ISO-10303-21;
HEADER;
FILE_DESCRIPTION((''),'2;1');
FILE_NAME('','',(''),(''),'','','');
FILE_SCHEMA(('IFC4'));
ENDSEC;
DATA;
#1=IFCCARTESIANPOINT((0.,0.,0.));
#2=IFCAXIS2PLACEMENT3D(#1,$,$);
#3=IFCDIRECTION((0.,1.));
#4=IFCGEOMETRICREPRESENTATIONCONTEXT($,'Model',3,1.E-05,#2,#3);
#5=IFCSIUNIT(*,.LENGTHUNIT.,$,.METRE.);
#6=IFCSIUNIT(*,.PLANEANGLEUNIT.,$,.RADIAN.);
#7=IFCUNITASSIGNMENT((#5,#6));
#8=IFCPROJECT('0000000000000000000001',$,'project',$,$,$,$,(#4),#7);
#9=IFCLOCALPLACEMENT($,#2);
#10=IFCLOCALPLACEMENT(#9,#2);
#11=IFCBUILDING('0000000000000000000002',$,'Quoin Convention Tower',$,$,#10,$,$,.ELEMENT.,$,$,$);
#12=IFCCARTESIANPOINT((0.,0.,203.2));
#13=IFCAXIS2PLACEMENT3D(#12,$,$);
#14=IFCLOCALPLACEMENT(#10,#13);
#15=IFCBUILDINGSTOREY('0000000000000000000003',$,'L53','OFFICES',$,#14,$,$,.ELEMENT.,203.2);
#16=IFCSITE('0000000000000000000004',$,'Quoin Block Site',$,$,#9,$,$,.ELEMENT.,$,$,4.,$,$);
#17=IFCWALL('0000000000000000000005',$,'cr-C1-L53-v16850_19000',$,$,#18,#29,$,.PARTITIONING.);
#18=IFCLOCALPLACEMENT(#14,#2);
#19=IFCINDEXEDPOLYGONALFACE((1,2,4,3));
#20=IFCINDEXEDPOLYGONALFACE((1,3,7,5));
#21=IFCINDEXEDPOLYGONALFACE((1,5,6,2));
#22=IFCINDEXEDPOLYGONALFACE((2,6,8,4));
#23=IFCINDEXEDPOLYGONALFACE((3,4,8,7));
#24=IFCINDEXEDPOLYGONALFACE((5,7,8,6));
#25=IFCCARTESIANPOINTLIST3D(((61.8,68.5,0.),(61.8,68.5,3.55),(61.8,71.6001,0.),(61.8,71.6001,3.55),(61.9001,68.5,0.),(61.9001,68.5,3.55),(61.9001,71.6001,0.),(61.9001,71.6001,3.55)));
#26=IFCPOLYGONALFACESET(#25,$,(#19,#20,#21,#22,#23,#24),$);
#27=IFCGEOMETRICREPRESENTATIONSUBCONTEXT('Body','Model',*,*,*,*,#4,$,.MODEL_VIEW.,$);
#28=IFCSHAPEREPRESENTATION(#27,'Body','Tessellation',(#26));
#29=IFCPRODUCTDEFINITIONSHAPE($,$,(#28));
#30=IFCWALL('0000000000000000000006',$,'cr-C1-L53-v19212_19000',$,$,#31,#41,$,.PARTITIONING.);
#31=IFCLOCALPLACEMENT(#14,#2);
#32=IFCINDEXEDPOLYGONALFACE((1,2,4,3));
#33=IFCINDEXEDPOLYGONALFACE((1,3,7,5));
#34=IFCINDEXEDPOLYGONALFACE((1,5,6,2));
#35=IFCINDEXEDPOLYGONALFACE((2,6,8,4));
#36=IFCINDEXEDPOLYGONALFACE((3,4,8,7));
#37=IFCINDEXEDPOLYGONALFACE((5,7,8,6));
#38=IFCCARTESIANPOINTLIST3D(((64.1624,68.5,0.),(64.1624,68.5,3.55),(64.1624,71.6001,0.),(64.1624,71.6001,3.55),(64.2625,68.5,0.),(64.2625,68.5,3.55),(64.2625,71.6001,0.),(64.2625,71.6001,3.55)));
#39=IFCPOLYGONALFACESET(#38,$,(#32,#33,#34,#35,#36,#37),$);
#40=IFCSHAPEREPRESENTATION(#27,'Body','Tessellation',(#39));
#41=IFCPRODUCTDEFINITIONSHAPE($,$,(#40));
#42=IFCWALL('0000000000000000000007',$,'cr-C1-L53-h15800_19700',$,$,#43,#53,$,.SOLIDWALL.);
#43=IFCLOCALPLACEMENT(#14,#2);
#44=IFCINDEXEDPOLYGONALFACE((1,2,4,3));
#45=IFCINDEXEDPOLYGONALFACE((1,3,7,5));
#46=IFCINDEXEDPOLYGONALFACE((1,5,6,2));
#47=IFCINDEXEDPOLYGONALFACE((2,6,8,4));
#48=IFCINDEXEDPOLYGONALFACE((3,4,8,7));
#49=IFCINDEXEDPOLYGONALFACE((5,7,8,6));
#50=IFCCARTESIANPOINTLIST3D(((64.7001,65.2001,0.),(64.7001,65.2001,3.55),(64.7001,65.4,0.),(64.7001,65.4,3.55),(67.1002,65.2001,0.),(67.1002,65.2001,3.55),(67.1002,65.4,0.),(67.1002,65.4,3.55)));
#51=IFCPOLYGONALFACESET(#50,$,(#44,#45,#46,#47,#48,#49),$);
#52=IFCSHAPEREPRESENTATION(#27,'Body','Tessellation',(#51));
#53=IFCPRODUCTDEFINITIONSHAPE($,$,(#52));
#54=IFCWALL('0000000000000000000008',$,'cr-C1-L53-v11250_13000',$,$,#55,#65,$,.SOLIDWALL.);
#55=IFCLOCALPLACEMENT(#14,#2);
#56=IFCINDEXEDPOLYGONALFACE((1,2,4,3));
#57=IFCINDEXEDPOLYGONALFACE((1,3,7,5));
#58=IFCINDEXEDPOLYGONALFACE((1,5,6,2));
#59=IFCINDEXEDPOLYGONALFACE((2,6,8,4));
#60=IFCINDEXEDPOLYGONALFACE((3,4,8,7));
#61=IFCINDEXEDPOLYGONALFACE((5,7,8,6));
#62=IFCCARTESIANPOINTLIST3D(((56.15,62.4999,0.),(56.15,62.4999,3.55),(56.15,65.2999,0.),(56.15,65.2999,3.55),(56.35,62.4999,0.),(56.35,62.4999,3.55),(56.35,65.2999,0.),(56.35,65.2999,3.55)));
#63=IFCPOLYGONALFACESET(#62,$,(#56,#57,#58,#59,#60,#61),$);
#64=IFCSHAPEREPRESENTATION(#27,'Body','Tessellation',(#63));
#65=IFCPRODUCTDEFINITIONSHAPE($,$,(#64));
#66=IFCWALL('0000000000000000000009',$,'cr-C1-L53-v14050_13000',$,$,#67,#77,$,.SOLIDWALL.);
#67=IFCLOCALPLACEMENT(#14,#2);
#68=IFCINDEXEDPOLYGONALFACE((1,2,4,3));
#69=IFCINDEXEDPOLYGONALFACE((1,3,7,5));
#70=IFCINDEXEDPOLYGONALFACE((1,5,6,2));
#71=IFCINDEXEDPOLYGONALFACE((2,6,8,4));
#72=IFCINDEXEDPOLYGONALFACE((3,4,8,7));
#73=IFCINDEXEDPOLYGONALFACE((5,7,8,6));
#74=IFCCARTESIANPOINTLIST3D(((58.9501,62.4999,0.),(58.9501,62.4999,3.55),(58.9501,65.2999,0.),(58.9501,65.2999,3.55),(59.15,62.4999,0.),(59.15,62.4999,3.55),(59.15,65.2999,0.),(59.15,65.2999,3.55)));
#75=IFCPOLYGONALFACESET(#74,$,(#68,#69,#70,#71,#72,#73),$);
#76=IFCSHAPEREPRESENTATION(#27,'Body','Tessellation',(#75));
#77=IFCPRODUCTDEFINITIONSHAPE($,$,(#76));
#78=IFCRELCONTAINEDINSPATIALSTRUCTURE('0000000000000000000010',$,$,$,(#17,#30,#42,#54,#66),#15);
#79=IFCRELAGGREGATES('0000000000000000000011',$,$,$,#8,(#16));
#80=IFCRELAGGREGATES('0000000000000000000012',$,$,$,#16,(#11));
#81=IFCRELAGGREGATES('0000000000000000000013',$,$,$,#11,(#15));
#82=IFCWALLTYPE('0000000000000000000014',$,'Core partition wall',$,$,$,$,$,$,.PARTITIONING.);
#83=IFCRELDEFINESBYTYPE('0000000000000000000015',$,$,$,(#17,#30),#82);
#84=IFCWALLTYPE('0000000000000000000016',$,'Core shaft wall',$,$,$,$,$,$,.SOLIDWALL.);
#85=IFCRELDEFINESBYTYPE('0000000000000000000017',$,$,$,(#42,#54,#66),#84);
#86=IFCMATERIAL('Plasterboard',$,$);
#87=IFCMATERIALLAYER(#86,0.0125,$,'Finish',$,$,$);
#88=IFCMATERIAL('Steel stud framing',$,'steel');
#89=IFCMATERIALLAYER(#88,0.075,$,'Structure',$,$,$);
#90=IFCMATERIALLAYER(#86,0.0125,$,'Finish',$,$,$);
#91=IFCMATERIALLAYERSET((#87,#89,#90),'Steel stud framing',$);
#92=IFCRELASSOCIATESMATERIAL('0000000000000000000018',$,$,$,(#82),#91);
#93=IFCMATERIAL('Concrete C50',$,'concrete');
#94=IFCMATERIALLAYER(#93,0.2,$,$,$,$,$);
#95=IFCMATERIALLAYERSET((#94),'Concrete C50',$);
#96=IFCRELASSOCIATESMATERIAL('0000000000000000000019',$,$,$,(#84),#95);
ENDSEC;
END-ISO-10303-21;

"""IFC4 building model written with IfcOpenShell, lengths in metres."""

from ifc_helpers import new_model, si_unit, direction, frame, frame_2d, origin, place, context, subcontext, project, spatial, rectangle, extrude, material, layer, layer_set, type_object, element, save


model = new_model("IFC4")

# Units and contexts
model_context = context("Model", 3, precision=1e-05, world=origin(), true_north=direction((0.0, 1.0)))
body_context = subcontext(model_context, "Body", "Model", "MODEL_VIEW")
ifc_project = project(units=[si_unit("LENGTHUNIT", "METRE"), si_unit("PLANEANGLEUNIT", "RADIAN")], contexts=[model_context])

# Site, building, storey
site_placement = place(None, origin())
site = spatial("IfcSite", under=ifc_project, at=site_placement, Name="Quoin Block Site", CompositionType="ELEMENT", RefElevation=4.0)
building_placement = place(site_placement, origin())
building = spatial("IfcBuilding", under=site, at=building_placement, Name="Quoin Convention Tower", CompositionType="ELEMENT")
storey_placement = place(building_placement, frame((0.0, 0.0, 203.2)))
storey = spatial("IfcBuildingStorey", under=building, at=storey_placement, Name="L53", Description="OFFICES", CompositionType="ELEMENT", Elevation=203.2)

# Shared definitions
ifc_material_1 = material(Name="Concrete C50", Category="concrete")

# Walls
ifc_material_2 = material(Name="Plasterboard")
ifc_material_3 = material(Name="Steel stud framing", Category="steel")
ifc_layer_1 = layer(ifc_material_2, 0.0125, Name="Finish")
ifc_layer_2 = layer(ifc_material_3, 0.075, Name="Structure")
ifc_layer_3 = layer(ifc_material_2, 0.0125, Name="Finish")
ifc_layer_set_1 = layer_set([ifc_layer_1, ifc_layer_2, ifc_layer_3], Name="Steel stud framing")
wall_type_1 = type_object("IfcWallType", Name="Core partition wall", PredefinedType="PARTITIONING", material=ifc_layer_set_1)
for number, where, z_axis, x_axis, name in (
    (1, (61.8501, 68.5, 0.0), (0.0, 0.0, 1.0), (0.0, 1.0, 0.0), "cr-C1-L53-v16850_19000"),
    (2, (64.2124, 68.5, 0.0), (0.0, 0.0, 1.0), (0.0, 1.0, 0.0), "cr-C1-L53-v19212_19000"),
):
    element("IfcWall", number, at=place(storey_placement, frame(where, z_axis=z_axis, x_axis=x_axis)), inside=storey, type_object=wall_type_1, Name=name, PredefinedType="PARTITIONING", context=body_context, shape_type="SweptSolid", body=[
        extrude(rectangle(XDim=3.1001, YDim=0.1001, at=frame_2d((1.55, 0.0))), origin(), (0.0, 0.0, 1.0), 3.55),
    ])
ifc_layer_4 = layer(ifc_material_1, 0.2)
ifc_layer_set_2 = layer_set([ifc_layer_4], Name="Concrete C50")
wall_type_2 = type_object("IfcWallType", Name="Core shaft wall", PredefinedType="SOLIDWALL", material=ifc_layer_set_2)
wall_1_placement = place(storey_placement, frame((64.7, 65.3, 0.0), z_axis=(0.0, 0.0, 1.0), x_axis=(1.0, 0.0, 0.0)))
element("IfcWall", 3, at=wall_1_placement, inside=storey, type_object=wall_type_2, Name="cr-C1-L53-h15800_19700", PredefinedType="SOLIDWALL", context=body_context, shape_type="SweptSolid", body=[
    extrude(rectangle(XDim=2.4001, YDim=0.2, at=frame_2d((1.2002, 0.0))), origin(), (0.0, 0.0, 1.0), 3.55),
])
for number, where, z_axis, x_axis, name in (
    (4, (56.25, 62.5, 0.0), (0.0, 0.0, 1.0), (0.0, 1.0, 0.0), "cr-C1-L53-v11250_13000"),
    (5, (59.05, 62.5, 0.0), (0.0, 0.0, 1.0), (0.0, 1.0, 0.0), "cr-C1-L53-v14050_13000"),
):
    element("IfcWall", number, at=place(storey_placement, frame(where, z_axis=z_axis, x_axis=x_axis)), inside=storey, type_object=wall_type_2, Name=name, PredefinedType="SOLIDWALL", context=body_context, shape_type="SweptSolid", body=[
        extrude(rectangle(XDim=2.8, YDim=0.2, at=frame_2d((1.3999, 0.0))), origin(), (0.0, 0.0, 1.0), 3.55),
    ])

save(model, "model.ifc")
